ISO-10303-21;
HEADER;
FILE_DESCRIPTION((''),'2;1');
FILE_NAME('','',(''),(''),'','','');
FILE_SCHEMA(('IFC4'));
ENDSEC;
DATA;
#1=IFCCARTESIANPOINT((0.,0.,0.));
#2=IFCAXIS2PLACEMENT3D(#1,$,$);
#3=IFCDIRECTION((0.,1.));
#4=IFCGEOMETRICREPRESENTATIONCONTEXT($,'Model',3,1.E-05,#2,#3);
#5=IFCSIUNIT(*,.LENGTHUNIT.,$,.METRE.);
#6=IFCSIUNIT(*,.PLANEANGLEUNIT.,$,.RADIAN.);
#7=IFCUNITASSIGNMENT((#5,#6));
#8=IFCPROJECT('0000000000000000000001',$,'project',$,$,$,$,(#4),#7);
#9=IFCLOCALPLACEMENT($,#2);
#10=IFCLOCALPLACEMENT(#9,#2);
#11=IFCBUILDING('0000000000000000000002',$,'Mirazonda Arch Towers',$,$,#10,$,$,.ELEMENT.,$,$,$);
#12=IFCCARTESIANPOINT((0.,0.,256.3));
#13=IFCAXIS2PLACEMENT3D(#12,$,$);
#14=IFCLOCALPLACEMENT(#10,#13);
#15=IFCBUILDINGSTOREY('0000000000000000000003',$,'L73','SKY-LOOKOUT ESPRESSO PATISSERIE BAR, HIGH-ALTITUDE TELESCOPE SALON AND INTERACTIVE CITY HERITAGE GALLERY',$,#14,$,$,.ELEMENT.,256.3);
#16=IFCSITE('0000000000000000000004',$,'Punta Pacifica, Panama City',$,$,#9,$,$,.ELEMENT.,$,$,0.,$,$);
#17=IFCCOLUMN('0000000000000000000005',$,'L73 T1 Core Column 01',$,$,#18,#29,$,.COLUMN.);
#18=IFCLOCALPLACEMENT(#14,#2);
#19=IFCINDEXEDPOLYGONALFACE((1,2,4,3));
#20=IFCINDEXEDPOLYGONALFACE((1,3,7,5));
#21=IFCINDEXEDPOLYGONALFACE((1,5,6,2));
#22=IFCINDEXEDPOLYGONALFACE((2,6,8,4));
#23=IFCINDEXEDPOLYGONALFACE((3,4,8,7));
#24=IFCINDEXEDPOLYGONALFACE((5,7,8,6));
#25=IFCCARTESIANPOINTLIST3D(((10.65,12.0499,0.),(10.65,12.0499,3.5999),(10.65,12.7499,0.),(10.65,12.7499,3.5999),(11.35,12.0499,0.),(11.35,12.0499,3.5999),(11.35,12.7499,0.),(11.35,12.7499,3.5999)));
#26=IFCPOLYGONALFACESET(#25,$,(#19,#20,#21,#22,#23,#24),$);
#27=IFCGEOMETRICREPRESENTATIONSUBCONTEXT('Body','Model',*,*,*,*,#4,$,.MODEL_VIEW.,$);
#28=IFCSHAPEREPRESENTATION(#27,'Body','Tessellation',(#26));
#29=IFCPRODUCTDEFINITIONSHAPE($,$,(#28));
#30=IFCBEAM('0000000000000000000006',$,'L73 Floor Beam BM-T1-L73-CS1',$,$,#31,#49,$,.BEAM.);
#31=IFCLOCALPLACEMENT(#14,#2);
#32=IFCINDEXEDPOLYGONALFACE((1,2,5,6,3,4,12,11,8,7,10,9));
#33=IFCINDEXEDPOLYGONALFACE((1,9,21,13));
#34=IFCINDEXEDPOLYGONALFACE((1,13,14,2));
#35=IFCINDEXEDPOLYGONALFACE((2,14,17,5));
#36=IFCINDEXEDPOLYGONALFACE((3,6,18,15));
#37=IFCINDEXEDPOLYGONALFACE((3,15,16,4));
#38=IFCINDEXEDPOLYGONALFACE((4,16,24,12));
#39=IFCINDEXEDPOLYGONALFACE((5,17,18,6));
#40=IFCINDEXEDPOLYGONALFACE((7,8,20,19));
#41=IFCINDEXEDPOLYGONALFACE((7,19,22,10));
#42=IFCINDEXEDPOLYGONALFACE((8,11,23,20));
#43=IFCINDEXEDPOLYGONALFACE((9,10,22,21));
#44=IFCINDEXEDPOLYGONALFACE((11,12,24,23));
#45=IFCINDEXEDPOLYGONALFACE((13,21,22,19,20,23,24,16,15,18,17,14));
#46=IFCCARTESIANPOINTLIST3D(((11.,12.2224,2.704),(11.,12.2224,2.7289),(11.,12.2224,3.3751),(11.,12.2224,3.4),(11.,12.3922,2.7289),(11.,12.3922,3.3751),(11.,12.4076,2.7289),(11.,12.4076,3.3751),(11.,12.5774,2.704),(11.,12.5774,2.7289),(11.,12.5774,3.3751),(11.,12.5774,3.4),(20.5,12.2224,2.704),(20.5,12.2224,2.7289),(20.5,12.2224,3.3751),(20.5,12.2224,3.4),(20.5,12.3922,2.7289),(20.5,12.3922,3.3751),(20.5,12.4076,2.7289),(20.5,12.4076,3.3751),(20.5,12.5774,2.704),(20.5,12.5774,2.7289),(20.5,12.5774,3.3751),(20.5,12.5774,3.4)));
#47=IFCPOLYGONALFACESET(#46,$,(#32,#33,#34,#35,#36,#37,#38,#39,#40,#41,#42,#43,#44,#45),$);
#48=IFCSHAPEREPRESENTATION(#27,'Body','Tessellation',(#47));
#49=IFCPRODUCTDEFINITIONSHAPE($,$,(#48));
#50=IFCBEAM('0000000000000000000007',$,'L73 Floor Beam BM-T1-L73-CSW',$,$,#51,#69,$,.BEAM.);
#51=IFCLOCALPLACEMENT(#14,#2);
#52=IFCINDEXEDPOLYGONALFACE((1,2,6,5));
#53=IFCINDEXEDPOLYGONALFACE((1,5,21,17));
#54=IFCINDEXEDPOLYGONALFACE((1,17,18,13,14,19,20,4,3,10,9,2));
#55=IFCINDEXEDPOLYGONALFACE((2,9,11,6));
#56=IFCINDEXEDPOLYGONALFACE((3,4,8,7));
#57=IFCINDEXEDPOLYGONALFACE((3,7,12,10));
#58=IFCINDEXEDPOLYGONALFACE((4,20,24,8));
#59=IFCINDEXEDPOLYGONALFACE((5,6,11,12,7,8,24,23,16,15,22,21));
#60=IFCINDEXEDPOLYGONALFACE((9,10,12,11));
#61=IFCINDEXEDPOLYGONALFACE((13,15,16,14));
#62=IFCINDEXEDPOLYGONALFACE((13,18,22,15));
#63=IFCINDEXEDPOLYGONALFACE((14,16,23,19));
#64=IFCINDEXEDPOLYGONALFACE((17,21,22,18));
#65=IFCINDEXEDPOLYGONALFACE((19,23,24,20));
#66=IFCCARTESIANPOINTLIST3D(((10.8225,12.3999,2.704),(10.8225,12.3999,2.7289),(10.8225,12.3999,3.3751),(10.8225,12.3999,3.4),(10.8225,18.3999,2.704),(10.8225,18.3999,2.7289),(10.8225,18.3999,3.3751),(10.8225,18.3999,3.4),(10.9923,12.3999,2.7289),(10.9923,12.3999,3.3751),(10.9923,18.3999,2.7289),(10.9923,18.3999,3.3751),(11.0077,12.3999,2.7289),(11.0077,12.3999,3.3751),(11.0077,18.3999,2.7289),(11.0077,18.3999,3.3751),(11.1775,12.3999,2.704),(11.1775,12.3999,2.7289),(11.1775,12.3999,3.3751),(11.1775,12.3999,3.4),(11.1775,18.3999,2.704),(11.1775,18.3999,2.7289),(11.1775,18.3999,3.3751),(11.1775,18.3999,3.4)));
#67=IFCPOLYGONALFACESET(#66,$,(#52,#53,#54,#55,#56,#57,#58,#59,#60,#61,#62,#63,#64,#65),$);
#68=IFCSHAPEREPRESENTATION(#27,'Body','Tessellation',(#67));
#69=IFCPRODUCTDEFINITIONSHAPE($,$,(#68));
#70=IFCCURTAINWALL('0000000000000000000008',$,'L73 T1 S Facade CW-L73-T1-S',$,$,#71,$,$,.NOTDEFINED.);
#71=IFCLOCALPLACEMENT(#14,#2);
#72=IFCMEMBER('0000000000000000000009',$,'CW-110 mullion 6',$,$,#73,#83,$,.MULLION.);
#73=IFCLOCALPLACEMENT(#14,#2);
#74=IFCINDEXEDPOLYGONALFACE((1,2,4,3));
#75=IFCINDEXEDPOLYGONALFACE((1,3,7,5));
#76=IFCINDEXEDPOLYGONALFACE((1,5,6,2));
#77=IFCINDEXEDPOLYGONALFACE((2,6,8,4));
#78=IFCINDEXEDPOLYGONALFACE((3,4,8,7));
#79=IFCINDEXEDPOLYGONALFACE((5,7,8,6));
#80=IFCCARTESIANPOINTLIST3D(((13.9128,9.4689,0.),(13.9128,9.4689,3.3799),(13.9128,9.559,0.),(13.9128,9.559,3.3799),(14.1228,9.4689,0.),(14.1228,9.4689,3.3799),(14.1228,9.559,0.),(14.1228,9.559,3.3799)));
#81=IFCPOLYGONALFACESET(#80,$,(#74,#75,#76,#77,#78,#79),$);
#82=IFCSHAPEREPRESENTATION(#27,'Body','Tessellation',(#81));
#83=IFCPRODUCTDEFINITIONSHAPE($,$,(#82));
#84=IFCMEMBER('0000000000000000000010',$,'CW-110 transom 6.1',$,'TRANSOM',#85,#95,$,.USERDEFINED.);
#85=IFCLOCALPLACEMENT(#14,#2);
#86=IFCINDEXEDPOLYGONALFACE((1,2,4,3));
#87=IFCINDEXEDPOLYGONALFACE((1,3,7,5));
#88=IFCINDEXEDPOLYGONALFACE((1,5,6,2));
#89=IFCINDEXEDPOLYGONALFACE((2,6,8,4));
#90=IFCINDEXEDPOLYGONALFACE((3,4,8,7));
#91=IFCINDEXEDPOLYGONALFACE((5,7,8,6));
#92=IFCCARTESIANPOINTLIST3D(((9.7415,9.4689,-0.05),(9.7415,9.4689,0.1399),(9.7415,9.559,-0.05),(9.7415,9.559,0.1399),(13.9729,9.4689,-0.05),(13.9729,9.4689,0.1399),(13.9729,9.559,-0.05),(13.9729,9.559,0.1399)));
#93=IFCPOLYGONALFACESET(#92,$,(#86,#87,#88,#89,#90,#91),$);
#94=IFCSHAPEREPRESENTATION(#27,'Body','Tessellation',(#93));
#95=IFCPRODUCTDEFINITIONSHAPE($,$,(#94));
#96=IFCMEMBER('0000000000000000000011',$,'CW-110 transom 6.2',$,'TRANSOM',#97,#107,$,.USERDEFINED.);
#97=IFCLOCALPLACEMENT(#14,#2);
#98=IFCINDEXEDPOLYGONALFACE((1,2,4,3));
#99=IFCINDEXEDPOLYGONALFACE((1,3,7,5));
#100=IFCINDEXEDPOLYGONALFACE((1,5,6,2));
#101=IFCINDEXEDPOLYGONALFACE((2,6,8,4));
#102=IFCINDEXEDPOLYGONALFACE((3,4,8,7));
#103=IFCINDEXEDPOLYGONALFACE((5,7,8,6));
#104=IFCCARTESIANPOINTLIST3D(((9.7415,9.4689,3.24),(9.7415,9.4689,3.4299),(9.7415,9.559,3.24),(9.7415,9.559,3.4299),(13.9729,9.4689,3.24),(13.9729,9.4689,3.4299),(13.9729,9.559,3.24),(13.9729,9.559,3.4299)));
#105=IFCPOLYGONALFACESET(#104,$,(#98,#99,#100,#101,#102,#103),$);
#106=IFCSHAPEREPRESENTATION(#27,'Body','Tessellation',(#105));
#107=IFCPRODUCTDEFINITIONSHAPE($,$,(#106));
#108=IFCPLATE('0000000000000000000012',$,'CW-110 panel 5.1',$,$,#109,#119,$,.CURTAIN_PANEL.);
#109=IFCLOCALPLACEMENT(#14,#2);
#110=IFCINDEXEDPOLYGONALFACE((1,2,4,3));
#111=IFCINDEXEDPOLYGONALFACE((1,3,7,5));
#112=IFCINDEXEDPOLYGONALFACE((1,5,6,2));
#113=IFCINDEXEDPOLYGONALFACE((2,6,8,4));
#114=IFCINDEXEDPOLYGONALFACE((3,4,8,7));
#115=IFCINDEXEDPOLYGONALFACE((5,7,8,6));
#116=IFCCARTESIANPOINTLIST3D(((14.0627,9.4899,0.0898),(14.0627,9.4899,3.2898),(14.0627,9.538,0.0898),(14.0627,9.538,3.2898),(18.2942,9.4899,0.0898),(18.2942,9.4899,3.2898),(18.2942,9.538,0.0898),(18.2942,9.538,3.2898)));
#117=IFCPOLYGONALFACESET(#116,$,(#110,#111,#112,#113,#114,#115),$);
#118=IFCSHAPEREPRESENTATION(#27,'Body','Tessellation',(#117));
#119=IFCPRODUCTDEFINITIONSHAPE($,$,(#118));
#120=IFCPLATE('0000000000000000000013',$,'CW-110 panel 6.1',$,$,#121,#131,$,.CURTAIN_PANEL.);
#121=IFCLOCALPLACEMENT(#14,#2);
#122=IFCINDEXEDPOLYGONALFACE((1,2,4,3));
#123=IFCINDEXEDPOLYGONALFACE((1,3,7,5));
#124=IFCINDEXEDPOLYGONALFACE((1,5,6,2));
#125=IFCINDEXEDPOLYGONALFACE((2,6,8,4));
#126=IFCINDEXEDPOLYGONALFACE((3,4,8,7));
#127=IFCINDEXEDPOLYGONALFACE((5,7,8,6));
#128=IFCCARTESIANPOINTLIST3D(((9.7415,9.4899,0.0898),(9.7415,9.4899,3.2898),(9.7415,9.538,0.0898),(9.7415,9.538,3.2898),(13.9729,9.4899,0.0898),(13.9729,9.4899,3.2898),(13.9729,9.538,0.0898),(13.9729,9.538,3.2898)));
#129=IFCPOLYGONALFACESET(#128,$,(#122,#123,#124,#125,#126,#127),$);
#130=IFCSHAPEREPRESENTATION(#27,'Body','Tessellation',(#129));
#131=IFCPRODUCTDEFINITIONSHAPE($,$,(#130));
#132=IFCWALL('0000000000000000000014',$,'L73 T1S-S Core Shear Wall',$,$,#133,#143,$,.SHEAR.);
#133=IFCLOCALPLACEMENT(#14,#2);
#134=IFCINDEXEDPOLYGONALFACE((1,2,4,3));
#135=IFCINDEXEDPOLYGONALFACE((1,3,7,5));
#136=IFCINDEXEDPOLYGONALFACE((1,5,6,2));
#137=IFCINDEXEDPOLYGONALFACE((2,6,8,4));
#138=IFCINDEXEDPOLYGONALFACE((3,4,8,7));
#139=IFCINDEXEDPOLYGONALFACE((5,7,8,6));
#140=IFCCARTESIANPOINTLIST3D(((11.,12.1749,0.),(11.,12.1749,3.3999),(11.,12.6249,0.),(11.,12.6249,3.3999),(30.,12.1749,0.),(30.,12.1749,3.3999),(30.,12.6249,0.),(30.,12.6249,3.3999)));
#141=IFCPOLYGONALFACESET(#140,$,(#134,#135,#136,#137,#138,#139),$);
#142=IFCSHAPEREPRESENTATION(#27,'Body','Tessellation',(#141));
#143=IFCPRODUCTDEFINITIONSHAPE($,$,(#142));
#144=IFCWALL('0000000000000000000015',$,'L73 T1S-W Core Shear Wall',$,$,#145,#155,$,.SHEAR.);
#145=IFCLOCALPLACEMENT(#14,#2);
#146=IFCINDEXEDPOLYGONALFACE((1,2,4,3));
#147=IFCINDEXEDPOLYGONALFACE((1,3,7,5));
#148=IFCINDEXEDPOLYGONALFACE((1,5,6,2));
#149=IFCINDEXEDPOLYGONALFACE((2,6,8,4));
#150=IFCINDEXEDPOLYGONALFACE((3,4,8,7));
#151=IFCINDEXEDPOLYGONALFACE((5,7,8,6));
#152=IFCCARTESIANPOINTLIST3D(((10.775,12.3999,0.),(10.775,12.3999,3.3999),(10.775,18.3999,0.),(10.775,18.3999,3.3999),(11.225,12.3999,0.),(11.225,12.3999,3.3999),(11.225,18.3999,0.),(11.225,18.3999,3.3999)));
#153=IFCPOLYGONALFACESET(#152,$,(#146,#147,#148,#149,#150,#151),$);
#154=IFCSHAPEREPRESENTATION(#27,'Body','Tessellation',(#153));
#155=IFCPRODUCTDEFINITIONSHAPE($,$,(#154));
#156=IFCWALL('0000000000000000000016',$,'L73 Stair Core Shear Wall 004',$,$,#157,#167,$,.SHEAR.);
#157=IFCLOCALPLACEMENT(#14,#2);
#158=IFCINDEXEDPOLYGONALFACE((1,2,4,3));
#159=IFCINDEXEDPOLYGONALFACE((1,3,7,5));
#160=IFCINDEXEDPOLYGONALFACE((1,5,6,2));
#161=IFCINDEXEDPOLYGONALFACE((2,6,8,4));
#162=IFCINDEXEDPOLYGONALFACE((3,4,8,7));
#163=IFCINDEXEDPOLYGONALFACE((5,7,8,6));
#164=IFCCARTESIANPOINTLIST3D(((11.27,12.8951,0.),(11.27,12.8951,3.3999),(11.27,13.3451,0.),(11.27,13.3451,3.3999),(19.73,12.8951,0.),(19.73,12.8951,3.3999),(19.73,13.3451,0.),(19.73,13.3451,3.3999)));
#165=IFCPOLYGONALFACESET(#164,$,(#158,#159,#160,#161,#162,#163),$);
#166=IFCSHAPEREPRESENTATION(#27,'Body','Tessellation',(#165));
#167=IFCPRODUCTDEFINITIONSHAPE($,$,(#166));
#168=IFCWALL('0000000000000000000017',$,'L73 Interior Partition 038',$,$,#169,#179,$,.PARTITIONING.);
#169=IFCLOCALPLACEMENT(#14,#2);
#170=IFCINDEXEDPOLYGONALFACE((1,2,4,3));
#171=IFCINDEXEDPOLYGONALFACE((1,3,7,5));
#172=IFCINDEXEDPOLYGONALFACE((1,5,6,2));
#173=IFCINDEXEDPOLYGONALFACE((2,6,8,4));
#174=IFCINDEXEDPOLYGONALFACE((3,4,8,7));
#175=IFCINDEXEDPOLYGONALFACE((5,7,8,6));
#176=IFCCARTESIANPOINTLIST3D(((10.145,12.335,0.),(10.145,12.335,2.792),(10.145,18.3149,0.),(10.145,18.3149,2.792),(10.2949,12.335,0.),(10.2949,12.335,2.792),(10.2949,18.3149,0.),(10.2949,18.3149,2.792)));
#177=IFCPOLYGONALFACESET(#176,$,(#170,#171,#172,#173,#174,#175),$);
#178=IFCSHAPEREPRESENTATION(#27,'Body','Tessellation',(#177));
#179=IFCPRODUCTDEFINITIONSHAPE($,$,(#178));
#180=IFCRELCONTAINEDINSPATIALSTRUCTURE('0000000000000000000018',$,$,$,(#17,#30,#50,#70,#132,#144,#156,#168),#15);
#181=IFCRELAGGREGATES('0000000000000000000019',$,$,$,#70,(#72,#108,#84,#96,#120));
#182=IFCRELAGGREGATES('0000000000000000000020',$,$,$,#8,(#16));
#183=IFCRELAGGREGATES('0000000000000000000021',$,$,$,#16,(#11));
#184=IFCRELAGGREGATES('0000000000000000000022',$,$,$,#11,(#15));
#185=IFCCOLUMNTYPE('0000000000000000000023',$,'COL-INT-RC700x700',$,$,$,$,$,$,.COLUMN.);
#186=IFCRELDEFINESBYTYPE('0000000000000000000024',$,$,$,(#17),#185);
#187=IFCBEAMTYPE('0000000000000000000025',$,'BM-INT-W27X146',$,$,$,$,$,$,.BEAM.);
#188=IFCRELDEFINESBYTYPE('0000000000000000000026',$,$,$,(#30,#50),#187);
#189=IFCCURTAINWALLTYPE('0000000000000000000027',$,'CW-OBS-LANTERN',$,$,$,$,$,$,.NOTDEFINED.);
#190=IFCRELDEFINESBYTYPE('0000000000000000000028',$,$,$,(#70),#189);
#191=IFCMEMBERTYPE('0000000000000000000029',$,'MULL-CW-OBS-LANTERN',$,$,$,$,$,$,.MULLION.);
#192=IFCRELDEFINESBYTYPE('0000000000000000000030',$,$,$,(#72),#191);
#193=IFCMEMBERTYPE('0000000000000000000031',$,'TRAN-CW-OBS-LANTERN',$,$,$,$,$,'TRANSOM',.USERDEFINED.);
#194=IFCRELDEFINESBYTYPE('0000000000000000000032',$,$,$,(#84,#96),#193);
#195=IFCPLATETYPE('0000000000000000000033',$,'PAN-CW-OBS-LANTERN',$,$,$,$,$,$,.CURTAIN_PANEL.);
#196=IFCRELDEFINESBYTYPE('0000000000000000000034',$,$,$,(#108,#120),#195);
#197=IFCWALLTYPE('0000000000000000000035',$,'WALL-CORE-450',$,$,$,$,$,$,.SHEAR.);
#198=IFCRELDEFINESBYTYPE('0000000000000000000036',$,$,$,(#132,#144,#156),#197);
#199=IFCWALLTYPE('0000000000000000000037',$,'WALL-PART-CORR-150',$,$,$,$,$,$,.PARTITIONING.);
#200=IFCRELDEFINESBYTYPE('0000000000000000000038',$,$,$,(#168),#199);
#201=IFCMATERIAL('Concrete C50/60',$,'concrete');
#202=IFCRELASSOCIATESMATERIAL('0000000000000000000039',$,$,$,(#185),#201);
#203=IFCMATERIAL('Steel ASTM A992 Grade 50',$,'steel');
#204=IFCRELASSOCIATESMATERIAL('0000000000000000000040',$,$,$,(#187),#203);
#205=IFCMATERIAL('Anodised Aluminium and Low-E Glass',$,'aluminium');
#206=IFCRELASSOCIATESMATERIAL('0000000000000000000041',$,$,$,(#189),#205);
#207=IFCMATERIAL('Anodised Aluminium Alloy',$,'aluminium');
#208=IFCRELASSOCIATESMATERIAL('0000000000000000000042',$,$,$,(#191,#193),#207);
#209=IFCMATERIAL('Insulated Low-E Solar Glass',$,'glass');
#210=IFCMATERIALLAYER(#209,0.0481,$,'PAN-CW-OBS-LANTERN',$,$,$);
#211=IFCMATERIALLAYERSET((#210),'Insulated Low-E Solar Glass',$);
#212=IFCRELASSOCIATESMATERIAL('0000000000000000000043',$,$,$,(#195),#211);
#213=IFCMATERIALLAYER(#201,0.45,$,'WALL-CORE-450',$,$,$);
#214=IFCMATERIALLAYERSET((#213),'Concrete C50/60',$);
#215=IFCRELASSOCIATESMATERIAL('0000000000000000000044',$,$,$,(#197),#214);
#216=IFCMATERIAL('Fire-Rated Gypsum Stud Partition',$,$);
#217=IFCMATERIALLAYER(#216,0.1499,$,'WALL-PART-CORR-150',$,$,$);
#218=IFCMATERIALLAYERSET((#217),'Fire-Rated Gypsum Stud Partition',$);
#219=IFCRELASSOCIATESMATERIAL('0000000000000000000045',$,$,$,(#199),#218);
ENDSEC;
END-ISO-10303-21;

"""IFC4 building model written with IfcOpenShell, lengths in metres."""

from ifc_helpers import new_model, si_unit, direction, frame, frame_2d, origin, origin_2d, place, context, subcontext, project, spatial, rectangle, i_section, extrude, material, layer, layer_set, material_profile, profile_set, type_object, element, aggregate, save


model = new_model("IFC4")

# Units and contexts
model_context = context("Model", 3, precision=1e-05, world=origin(), true_north=direction((0.0, 1.0)))
body_context = subcontext(model_context, "Body", "Model", "MODEL_VIEW")
ifc_project = project(units=[si_unit("LENGTHUNIT", "METRE"), si_unit("PLANEANGLEUNIT", "RADIAN")], contexts=[model_context])

# Site, building, storey
site_placement = place(None, origin())
site = spatial("IfcSite", under=ifc_project, at=site_placement, Name="Punta Pacifica, Panama City", CompositionType="ELEMENT", RefElevation=0.0)
building_placement = place(site_placement, origin())
building = spatial("IfcBuilding", under=site, at=building_placement, Name="Mirazonda Arch Towers", CompositionType="ELEMENT")
storey_placement = place(building_placement, frame((0.0, 0.0, 256.3)))
storey = spatial("IfcBuildingStorey", under=building, at=storey_placement, Name="L73", Description="SKY-LOOKOUT ESPRESSO PATISSERIE BAR, HIGH-ALTITUDE TELESCOPE SALON AND INTERACTIVE CITY HERITAGE GALLERY", CompositionType="ELEMENT", Elevation=256.3)

# Column
ifc_material_1 = material(Name="Concrete C50/60", Category="concrete")
ifc_material_profile_1 = material_profile(ifc_material_1, rectangle(XDim=0.7, YDim=0.7, at=origin_2d()), Name="RC700x700")
ifc_profile_set_1 = profile_set([ifc_material_profile_1], Name="Concrete C50/60")
column_type = type_object("IfcColumnType", Name="COL-INT-RC700x700", PredefinedType="COLUMN", material=ifc_profile_set_1)
column_placement = place(storey_placement, frame((11.0, 12.3999, 0.0), z_axis=(0.0, 0.0, 1.0), x_axis=(1.0, 0.0, 0.0)))
element("IfcColumn", 1, at=column_placement, inside=storey, type_object=column_type, Name="L73 T1 Core Column 01", PredefinedType="COLUMN", context=body_context, shape_type="SweptSolid", body=[
    extrude(rectangle(XDim=0.7, YDim=0.7, at=origin_2d()), origin(), (0.0, 0.0, 1.0), 3.5999),
])

# Beams
ifc_material_2 = material(Name="Steel ASTM A992 Grade 50", Category="steel")
ifc_material_profile_2 = material_profile(ifc_material_2, i_section(OverallWidth=0.355, OverallDepth=0.696, WebThickness=0.0154, FlangeThickness=0.0249, at=origin_2d()), Name="W27X146")
ifc_profile_set_2 = profile_set([ifc_material_profile_2], Name="Steel ASTM A992 Grade 50")
beam_type = type_object("IfcBeamType", Name="BM-INT-W27X146", PredefinedType="BEAM", material=ifc_profile_set_2)
beam_1_placement = place(storey_placement, frame((11.0, 12.3999, 3.052), z_axis=(1.0, 0.0, 0.0), x_axis=(0.0, 1.0, 0.0)))
element("IfcBeam", 2, at=beam_1_placement, inside=storey, type_object=beam_type, Name="L73 Floor Beam BM-T1-L73-CS1", PredefinedType="BEAM", context=body_context, shape_type="SweptSolid", body=[
    extrude(i_section(OverallWidth=0.355, OverallDepth=0.696, WebThickness=0.0154, FlangeThickness=0.0249, at=origin_2d()), origin(), (0.0, 0.0, 1.0), 9.5),
])
beam_2_placement = place(storey_placement, frame((11.0, 12.3999, 3.052), z_axis=(0.0, 1.0, 0.0), x_axis=(-1.0, 0.0, 0.0)))
element("IfcBeam", 3, at=beam_2_placement, inside=storey, type_object=beam_type, Name="L73 Floor Beam BM-T1-L73-CSW", PredefinedType="BEAM", context=body_context, shape_type="SweptSolid", body=[
    extrude(i_section(OverallWidth=0.355, OverallDepth=0.696, WebThickness=0.0154, FlangeThickness=0.0249, at=origin_2d()), origin(), (0.0, 0.0, 1.0), 6.0),
])

# Curtain wall, members, plates
ifc_material_3 = material(Name="Anodised Aluminium and Low-E Glass", Category="aluminium")
curtain_wall_type = type_object("IfcCurtainWallType", Name="CW-OBS-LANTERN", PredefinedType="NOTDEFINED", material=ifc_material_3)
curtain_wall_placement = place(storey_placement, origin())
curtain_wall = element("IfcCurtainWall", 4, at=curtain_wall_placement, inside=storey, type_object=curtain_wall_type, Name="L73 T1 S Facade CW-L73-T1-S", PredefinedType="NOTDEFINED")
ifc_material_4 = material(Name="Anodised Aluminium Alloy", Category="aluminium")
ifc_material_profile_3 = material_profile(ifc_material_4, rectangle(XDim=0.0901, YDim=0.21, at=origin_2d()), Name="ALU-MULL-90x210")
ifc_profile_set_3 = profile_set([ifc_material_profile_3], Name="Anodised Aluminium Alloy")
member_type_1 = type_object("IfcMemberType", Name="MULL-CW-OBS-LANTERN", PredefinedType="MULLION", material=ifc_profile_set_3)
member_1_placement = place(storey_placement, frame((14.0178, 9.5139, 0.0), z_axis=(0.0, 0.0, 1.0), x_axis=(0.0, -1.0, 0.0)))
member_1 = element("IfcMember", 5, at=member_1_placement, type_object=member_type_1, Name="CW-110 mullion 6", PredefinedType="MULLION", context=body_context, shape_type="SweptSolid", body=[
    extrude(rectangle(XDim=0.0901, YDim=0.21, at=origin_2d()), origin(), (0.0, 0.0, 1.0), 3.3799),
])
ifc_material_profile_4 = material_profile(ifc_material_4, rectangle(XDim=0.0901, YDim=0.1899, at=origin_2d()), Name="ALU-TRAN-90x190")
ifc_profile_set_4 = profile_set([ifc_material_profile_4], Name="Anodised Aluminium Alloy")
member_type_2 = type_object("IfcMemberType", Name="TRAN-CW-OBS-LANTERN", ElementType="TRANSOM", PredefinedType="USERDEFINED", material=ifc_profile_set_4)
member_2_placement = place(storey_placement, frame((13.9729, 9.5139, 0.0449), z_axis=(-1.0, 0.0, 0.0), x_axis=(0.0, -1.0, 0.0)))
member_2 = element("IfcMember", 6, at=member_2_placement, type_object=member_type_2, Name="CW-110 transom 6.1", ObjectType="TRANSOM", PredefinedType="USERDEFINED", context=body_context, shape_type="SweptSolid", body=[
    extrude(rectangle(XDim=0.0901, YDim=0.1899, at=origin_2d()), origin(), (0.0, 0.0, 1.0), 4.2314),
])
member_3_placement = place(storey_placement, frame((13.9729, 9.5139, 3.335), z_axis=(-1.0, 0.0, 0.0), x_axis=(0.0, -1.0, 0.0)))
member_3 = element("IfcMember", 7, at=member_3_placement, type_object=member_type_2, Name="CW-110 transom 6.2", ObjectType="TRANSOM", PredefinedType="USERDEFINED", context=body_context, shape_type="SweptSolid", body=[
    extrude(rectangle(XDim=0.0901, YDim=0.1899, at=origin_2d()), origin(), (0.0, 0.0, 1.0), 4.2314),
])
ifc_material_5 = material(Name="Insulated Low-E Solar Glass", Category="glass")
ifc_layer_1 = layer(ifc_material_5, 0.0481, Name="PAN-CW-OBS-LANTERN")
ifc_layer_set_1 = layer_set([ifc_layer_1], Name="Insulated Low-E Solar Glass")
plate_type = type_object("IfcPlateType", Name="PAN-CW-OBS-LANTERN", PredefinedType="CURTAIN_PANEL", material=ifc_layer_set_1)
plate_1_placement = place(storey_placement, frame((16.1785, 9.5139, 0.0898), z_axis=(0.0, 0.0, 1.0), x_axis=(-1.0, 0.0, 0.0)))
plate_1 = element("IfcPlate", 8, at=plate_1_placement, type_object=plate_type, Name="CW-110 panel 5.1", PredefinedType="CURTAIN_PANEL", context=body_context, shape_type="SweptSolid", body=[
    extrude(rectangle(XDim=4.2314, YDim=0.0481, at=origin_2d()), origin(), (0.0, 0.0, 1.0), 3.2),
])
plate_2_placement = place(storey_placement, frame((11.8572, 9.5139, 0.0898), z_axis=(0.0, 0.0, 1.0), x_axis=(-1.0, 0.0, 0.0)))
plate_2 = element("IfcPlate", 9, at=plate_2_placement, type_object=plate_type, Name="CW-110 panel 6.1", PredefinedType="CURTAIN_PANEL", context=body_context, shape_type="SweptSolid", body=[
    extrude(rectangle(XDim=4.2314, YDim=0.0481, at=origin_2d()), origin(), (0.0, 0.0, 1.0), 3.2),
])
aggregate(curtain_wall, [member_1, plate_1, member_2, member_3, plate_2])

# Walls
ifc_layer_2 = layer(ifc_material_1, 0.45, Name="WALL-CORE-450")
ifc_layer_set_2 = layer_set([ifc_layer_2], Name="Concrete C50/60")
wall_type_1 = type_object("IfcWallType", Name="WALL-CORE-450", PredefinedType="SHEAR", material=ifc_layer_set_2)
wall_1_placement = place(storey_placement, frame((11.0, 12.3999, 0.0), z_axis=(0.0, 0.0, 1.0), x_axis=(1.0, 0.0, 0.0)))
element("IfcWall", 10, at=wall_1_placement, inside=storey, type_object=wall_type_1, Name="L73 T1S-S Core Shear Wall", PredefinedType="SHEAR", context=body_context, shape_type="SweptSolid", body=[
    extrude(rectangle(XDim=19.0, YDim=0.45, at=frame_2d((9.5, 0.0))), origin(), (0.0, 0.0, 1.0), 3.3999),
])
wall_2_placement = place(storey_placement, frame((11.0, 12.3999, 0.0), z_axis=(0.0, 0.0, 1.0), x_axis=(0.0, 1.0, 0.0)))
element("IfcWall", 11, at=wall_2_placement, inside=storey, type_object=wall_type_1, Name="L73 T1S-W Core Shear Wall", PredefinedType="SHEAR", context=body_context, shape_type="SweptSolid", body=[
    extrude(rectangle(XDim=6.0, YDim=0.45, at=frame_2d((3.0, 0.0))), origin(), (0.0, 0.0, 1.0), 3.3999),
])
wall_3_placement = place(storey_placement, frame((11.27, 13.1201, 0.0), z_axis=(0.0, 0.0, 1.0), x_axis=(1.0, 0.0, 0.0)))
element("IfcWall", 12, at=wall_3_placement, inside=storey, type_object=wall_type_1, Name="L73 Stair Core Shear Wall 004", PredefinedType="SHEAR", context=body_context, shape_type="SweptSolid", body=[
    extrude(rectangle(XDim=8.46, YDim=0.45, at=frame_2d((4.23, 0.0))), origin(), (0.0, 0.0, 1.0), 3.3999),
])
ifc_material_6 = material(Name="Fire-Rated Gypsum Stud Partition")
ifc_layer_3 = layer(ifc_material_6, 0.1499, Name="WALL-PART-CORR-150")
ifc_layer_set_3 = layer_set([ifc_layer_3], Name="Fire-Rated Gypsum Stud Partition")
wall_type_2 = type_object("IfcWallType", Name="WALL-PART-CORR-150", PredefinedType="PARTITIONING", material=ifc_layer_set_3)
wall_4_placement = place(storey_placement, frame((10.22, 12.335, 0.0), z_axis=(0.0, 0.0, 1.0), x_axis=(0.0, 1.0, 0.0)))
element("IfcWall", 13, at=wall_4_placement, inside=storey, type_object=wall_type_2, Name="L73 Interior Partition 038", PredefinedType="PARTITIONING", context=body_context, shape_type="SweptSolid", body=[
    extrude(rectangle(XDim=5.98, YDim=0.1499, at=frame_2d((2.99, 0.0))), origin(), (0.0, 0.0, 1.0), 2.792),
])

save(model, "model.ifc")
